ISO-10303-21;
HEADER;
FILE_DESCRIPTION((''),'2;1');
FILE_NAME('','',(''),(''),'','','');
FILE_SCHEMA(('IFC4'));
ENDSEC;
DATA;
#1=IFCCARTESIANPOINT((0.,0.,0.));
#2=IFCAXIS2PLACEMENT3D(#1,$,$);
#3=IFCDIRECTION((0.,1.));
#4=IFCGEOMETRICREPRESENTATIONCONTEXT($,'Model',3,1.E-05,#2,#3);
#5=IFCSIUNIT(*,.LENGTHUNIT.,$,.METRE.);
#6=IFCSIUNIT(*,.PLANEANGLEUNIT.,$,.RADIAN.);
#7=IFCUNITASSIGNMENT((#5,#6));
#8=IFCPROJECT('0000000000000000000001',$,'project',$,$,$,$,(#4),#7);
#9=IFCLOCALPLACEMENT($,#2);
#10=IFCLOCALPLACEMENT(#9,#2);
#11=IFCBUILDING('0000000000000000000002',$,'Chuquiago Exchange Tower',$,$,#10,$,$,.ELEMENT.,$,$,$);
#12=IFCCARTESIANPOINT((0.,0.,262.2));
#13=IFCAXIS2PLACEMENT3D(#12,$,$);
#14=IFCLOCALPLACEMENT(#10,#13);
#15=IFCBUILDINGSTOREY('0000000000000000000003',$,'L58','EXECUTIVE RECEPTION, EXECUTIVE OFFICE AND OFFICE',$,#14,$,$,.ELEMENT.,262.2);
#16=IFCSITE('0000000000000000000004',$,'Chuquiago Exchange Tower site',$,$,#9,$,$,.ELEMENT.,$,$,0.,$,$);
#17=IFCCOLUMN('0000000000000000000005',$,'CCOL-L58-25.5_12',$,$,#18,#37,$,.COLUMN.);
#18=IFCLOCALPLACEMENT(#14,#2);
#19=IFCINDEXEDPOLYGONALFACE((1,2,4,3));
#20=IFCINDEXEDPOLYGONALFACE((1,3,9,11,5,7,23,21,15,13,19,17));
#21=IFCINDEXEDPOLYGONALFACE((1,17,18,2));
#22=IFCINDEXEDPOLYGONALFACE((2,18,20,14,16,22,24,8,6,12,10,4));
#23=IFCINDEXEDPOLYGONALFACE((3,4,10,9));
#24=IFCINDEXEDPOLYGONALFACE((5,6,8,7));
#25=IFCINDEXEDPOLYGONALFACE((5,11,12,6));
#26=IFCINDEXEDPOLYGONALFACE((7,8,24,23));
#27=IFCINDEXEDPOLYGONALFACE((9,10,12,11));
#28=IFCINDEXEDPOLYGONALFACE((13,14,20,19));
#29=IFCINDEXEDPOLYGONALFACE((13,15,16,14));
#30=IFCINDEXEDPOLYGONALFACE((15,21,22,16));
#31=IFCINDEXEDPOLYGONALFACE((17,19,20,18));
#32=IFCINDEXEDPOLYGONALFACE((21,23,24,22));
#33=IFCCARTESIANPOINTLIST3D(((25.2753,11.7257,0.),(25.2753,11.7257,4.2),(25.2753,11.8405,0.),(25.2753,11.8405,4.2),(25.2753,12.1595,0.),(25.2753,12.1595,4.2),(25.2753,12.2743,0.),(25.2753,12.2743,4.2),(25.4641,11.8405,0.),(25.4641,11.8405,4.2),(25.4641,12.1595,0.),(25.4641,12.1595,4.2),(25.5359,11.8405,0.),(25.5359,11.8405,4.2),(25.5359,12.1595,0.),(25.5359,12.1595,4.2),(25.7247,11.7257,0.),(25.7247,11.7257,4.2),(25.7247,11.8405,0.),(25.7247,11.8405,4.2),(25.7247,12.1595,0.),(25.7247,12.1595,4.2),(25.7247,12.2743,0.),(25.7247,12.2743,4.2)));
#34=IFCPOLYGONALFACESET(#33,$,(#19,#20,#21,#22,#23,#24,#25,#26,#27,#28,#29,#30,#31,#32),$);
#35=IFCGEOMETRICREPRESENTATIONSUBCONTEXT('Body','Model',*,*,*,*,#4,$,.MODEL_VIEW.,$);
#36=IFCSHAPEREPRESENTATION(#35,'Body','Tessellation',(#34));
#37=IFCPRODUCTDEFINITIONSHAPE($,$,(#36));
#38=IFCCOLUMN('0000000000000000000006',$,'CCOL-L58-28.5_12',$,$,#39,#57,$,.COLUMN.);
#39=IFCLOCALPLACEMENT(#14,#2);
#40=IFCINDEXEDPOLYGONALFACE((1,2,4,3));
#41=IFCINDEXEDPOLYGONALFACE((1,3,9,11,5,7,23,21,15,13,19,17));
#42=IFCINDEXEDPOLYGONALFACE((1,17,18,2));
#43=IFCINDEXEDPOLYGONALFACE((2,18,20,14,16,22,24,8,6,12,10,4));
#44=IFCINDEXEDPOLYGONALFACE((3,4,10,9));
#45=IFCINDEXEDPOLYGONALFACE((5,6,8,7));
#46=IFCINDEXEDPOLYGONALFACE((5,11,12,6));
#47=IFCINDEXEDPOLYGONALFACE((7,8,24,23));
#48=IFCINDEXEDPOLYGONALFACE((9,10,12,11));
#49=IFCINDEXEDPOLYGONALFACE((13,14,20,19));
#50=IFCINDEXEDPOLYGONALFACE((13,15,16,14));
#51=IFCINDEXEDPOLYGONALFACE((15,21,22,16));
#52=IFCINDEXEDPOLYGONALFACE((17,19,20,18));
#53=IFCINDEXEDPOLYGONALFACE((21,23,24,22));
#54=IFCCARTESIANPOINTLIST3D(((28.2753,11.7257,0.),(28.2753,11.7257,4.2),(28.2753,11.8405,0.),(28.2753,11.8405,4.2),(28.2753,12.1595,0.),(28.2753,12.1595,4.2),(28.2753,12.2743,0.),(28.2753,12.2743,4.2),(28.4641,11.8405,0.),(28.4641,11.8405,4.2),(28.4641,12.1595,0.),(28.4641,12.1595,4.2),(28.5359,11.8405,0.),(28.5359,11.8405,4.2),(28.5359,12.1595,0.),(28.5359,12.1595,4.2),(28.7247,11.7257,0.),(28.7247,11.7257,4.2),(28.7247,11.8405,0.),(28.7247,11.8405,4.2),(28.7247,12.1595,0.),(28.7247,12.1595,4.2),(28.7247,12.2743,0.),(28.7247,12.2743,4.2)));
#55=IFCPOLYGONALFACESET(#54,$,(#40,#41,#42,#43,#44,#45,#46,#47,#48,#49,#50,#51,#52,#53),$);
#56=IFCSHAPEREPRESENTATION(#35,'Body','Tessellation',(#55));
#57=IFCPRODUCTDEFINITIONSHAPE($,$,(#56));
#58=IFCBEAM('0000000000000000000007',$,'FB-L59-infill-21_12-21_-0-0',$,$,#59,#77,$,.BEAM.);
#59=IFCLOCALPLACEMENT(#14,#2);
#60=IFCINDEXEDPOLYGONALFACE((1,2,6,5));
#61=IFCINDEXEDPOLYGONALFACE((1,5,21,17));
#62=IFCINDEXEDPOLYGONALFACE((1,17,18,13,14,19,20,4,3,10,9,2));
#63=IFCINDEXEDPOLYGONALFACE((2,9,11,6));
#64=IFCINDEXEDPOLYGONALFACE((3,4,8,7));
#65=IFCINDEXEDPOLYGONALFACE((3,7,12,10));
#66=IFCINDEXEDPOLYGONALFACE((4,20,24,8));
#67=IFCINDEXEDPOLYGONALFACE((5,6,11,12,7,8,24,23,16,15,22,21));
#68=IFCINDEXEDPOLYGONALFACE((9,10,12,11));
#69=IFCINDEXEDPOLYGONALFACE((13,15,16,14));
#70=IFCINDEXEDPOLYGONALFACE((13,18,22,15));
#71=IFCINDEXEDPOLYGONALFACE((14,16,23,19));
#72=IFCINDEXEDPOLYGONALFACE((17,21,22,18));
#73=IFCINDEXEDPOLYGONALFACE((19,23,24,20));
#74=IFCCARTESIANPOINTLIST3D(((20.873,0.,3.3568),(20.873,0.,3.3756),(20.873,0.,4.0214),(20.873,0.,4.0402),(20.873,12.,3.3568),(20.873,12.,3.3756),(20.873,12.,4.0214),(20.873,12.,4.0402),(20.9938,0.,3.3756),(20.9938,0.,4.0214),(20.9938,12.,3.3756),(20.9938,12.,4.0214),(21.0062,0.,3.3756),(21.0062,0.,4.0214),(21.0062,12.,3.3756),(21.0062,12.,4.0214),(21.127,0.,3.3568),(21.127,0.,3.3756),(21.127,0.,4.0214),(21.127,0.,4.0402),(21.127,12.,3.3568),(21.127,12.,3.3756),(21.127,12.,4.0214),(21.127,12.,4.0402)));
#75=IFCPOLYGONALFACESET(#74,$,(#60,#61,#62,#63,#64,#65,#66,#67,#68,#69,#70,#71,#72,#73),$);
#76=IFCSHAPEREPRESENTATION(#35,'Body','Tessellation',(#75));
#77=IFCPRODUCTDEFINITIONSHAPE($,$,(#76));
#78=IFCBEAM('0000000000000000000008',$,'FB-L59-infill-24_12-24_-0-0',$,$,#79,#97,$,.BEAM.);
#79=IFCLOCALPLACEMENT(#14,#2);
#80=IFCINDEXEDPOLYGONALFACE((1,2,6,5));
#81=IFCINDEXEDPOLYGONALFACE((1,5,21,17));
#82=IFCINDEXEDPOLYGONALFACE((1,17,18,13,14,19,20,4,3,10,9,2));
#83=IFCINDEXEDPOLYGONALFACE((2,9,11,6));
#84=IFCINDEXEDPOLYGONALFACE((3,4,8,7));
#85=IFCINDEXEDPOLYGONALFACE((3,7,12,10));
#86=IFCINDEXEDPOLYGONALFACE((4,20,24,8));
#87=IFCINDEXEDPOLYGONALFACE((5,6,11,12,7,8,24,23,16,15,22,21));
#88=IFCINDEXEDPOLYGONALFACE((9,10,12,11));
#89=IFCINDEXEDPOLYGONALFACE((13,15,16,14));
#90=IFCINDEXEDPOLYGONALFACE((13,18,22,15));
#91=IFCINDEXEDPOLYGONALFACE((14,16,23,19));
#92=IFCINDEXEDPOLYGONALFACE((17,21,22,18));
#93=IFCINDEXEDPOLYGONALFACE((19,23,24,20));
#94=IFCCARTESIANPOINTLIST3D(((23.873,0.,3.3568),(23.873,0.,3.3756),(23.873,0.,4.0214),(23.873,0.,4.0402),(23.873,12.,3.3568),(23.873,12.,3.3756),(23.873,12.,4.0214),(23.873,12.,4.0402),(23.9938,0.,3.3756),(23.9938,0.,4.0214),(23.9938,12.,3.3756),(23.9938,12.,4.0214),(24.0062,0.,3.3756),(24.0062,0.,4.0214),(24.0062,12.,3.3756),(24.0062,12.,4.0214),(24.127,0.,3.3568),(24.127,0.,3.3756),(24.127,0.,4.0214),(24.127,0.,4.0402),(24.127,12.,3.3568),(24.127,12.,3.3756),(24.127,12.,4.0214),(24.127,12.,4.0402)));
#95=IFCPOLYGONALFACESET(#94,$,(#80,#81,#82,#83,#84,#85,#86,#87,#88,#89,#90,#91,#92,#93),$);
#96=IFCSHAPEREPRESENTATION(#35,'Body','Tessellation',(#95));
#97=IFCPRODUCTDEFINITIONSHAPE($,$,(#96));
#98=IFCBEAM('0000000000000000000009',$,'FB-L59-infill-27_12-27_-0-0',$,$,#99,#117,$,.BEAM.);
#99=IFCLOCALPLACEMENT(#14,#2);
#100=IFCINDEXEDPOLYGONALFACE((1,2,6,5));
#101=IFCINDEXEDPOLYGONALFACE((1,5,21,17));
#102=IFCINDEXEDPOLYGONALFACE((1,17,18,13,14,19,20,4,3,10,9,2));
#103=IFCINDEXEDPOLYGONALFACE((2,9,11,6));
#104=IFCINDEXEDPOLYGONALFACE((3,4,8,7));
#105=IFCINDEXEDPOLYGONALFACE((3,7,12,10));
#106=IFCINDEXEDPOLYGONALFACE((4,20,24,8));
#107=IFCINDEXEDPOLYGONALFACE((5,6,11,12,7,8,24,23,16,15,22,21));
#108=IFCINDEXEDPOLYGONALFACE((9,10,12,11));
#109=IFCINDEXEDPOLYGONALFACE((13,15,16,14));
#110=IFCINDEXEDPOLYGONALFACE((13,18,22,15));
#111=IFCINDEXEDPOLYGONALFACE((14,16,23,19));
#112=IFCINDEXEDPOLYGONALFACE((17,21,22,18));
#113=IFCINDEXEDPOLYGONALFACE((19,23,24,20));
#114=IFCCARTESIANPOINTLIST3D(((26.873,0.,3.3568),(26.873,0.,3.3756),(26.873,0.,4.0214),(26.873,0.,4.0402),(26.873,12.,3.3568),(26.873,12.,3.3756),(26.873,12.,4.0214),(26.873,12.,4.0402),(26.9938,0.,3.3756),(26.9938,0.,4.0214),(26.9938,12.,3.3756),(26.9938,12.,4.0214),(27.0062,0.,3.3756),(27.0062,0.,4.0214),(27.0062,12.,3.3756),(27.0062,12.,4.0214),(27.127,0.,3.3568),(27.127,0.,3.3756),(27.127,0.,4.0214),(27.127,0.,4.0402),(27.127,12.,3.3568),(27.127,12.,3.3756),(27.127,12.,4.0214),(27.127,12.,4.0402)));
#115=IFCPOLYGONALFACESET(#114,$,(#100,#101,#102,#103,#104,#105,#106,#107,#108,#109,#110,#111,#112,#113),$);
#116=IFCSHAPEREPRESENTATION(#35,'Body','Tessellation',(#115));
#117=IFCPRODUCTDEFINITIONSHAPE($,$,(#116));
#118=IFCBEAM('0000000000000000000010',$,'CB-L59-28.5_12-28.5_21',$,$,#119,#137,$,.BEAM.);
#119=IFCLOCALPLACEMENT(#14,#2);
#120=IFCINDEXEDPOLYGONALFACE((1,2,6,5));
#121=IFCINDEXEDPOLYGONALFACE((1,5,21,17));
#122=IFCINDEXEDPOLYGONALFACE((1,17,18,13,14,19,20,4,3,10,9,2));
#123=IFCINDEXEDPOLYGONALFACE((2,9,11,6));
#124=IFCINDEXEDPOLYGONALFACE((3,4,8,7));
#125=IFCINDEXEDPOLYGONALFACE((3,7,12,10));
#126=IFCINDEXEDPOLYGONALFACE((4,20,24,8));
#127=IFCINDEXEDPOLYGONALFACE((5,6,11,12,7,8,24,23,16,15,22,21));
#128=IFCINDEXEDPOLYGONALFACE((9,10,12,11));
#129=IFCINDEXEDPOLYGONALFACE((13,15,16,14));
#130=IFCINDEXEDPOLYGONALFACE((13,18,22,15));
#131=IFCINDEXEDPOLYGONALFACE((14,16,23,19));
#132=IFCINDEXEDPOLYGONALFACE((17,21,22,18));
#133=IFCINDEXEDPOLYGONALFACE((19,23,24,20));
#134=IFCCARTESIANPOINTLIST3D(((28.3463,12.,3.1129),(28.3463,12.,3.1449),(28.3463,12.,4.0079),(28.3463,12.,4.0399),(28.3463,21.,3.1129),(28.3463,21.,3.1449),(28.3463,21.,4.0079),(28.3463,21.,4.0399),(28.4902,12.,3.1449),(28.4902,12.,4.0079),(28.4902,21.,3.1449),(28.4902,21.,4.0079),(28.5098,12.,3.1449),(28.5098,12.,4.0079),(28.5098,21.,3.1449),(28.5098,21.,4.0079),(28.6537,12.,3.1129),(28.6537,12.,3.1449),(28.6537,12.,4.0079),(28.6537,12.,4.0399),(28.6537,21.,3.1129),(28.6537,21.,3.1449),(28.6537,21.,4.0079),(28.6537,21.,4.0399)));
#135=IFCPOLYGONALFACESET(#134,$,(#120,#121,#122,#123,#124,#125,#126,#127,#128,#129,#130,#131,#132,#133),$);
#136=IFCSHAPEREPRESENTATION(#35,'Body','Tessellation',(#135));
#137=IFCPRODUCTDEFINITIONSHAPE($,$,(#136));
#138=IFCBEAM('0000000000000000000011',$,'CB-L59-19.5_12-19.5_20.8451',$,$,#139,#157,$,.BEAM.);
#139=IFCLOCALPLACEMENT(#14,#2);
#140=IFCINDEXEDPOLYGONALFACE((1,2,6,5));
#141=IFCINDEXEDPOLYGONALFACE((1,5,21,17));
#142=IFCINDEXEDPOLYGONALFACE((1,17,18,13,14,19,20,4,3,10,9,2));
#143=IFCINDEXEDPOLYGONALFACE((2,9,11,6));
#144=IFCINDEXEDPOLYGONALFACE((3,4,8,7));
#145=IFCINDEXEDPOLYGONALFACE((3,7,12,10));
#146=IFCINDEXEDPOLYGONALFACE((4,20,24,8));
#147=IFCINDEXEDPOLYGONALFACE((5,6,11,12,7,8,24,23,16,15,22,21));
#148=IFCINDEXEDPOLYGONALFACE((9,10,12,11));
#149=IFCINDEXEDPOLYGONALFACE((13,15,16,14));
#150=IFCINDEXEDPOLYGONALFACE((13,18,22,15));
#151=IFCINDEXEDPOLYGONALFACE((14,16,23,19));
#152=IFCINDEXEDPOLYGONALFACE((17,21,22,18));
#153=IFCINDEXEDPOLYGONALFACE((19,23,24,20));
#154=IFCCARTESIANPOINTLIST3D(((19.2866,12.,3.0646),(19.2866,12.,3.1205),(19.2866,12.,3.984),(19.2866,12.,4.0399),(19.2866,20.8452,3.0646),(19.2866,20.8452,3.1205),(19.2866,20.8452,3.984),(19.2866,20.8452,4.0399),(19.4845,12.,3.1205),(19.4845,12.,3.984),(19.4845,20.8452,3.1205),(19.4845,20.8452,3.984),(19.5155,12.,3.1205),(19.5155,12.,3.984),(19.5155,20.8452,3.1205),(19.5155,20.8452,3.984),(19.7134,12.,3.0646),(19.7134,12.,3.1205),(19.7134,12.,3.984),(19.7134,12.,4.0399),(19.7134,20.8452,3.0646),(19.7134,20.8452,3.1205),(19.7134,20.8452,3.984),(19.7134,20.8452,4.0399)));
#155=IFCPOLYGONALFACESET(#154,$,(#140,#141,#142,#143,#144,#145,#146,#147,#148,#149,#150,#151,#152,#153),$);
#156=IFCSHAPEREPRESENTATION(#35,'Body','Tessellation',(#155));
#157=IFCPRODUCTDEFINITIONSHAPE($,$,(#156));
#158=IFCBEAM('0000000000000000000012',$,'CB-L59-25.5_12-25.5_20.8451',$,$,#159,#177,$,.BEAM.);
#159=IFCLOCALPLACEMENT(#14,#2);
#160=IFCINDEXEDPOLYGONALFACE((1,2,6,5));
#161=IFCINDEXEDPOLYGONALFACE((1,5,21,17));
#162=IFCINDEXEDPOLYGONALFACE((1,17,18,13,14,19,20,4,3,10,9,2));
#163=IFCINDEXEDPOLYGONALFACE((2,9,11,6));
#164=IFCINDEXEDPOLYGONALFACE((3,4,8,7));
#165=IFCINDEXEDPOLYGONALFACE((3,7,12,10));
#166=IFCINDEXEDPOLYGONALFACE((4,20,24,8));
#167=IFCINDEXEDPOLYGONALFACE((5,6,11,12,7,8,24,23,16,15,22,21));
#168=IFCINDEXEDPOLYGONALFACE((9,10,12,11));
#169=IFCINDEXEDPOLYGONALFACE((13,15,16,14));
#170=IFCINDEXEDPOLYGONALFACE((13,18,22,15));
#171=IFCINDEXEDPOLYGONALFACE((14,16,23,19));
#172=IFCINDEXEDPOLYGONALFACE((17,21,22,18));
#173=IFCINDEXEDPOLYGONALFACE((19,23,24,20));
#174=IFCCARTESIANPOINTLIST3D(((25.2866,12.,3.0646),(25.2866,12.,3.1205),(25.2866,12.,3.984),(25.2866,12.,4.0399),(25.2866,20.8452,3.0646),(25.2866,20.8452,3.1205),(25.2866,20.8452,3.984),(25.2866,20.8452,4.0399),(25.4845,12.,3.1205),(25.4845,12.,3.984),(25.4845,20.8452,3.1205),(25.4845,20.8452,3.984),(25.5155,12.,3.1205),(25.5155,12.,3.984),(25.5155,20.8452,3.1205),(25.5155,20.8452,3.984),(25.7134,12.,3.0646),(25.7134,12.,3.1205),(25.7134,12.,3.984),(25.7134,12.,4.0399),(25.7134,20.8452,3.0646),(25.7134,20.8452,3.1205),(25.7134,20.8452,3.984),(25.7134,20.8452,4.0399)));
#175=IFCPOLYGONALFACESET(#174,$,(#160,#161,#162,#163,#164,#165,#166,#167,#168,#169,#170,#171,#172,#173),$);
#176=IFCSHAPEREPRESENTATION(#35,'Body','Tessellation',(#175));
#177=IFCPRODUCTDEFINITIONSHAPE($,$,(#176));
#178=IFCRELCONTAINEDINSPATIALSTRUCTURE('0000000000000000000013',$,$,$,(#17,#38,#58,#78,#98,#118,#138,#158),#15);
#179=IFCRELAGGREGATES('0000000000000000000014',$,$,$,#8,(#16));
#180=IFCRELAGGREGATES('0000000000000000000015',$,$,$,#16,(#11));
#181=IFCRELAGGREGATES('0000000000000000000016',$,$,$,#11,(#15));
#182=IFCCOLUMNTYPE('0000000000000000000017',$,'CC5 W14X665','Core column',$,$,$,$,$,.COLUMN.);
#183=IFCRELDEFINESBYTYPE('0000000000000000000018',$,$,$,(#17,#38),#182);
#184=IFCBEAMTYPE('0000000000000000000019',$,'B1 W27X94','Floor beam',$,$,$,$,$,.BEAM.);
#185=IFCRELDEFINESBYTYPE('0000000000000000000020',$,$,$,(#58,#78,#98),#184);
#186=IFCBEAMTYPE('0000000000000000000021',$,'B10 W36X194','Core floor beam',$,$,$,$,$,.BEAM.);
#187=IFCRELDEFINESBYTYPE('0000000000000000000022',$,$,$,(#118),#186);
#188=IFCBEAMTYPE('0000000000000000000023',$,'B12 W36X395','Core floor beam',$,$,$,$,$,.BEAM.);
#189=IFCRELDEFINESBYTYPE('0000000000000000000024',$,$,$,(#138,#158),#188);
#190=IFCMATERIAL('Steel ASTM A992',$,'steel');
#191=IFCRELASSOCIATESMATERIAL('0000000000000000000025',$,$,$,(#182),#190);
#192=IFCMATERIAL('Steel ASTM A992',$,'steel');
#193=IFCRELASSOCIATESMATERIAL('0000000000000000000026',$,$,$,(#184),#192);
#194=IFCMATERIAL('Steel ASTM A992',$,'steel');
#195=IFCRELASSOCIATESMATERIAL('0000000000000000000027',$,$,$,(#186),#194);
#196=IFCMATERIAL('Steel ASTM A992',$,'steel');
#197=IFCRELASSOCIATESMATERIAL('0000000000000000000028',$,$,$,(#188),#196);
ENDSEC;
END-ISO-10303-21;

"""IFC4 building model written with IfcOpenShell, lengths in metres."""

from ifc_helpers import new_model, si_unit, direction, frame, origin, origin_2d, place, context, subcontext, project, spatial, i_section, extrude, material, material_profile, profile_set, type_object, element, save


model = new_model("IFC4")

# Units and contexts
model_context = context("Model", 3, precision=1e-05, world=origin(), true_north=direction((0.0, 1.0)))
body_context = subcontext(model_context, "Body", "Model", "MODEL_VIEW")
ifc_project = project(units=[si_unit("LENGTHUNIT", "METRE"), si_unit("PLANEANGLEUNIT", "RADIAN")], contexts=[model_context])

# Site, building, storey
site_placement = place(None, origin())
site = spatial("IfcSite", under=ifc_project, at=site_placement, Name="Chuquiago Exchange Tower site", CompositionType="ELEMENT", RefElevation=0.0)
building_placement = place(site_placement, origin())
building = spatial("IfcBuilding", under=site, at=building_placement, Name="Chuquiago Exchange Tower", CompositionType="ELEMENT")
storey_placement = place(building_placement, frame((0.0, 0.0, 262.2)))
storey = spatial("IfcBuildingStorey", under=building, at=storey_placement, Name="L58", Description="EXECUTIVE RECEPTION, EXECUTIVE OFFICE AND OFFICE", CompositionType="ELEMENT", Elevation=262.2)

# Columns
ifc_material_1 = material(Name="Steel ASTM A992", Category="steel")
ifc_material_profile_1 = material_profile(ifc_material_1, i_section(OverallWidth=0.4495, OverallDepth=0.5486, WebThickness=0.0718, FlangeThickness=0.1147, at=origin_2d()), Name="W14X665")
ifc_profile_set_1 = profile_set([ifc_material_profile_1], Name="Steel ASTM A992")
column_type = type_object("IfcColumnType", Name="CC5 W14X665", Description="Core column", PredefinedType="COLUMN", material=ifc_profile_set_1)
for number, where, z_axis, x_axis, name in (
    (1, (25.5, 12.0, 0.0), (0.0, 0.0, 1.0), (1.0, 0.0, 0.0), "CCOL-L58-25.5_12"),
    (2, (28.5, 12.0, 0.0), (0.0, 0.0, 1.0), (1.0, 0.0, 0.0), "CCOL-L58-28.5_12"),
):
    element("IfcColumn", number, at=place(storey_placement, frame(where, z_axis=z_axis, x_axis=x_axis)), inside=storey, type_object=column_type, Name=name, PredefinedType="COLUMN", context=body_context, shape_type="SweptSolid", body=[
        extrude(i_section(OverallWidth=0.4495, OverallDepth=0.5486, WebThickness=0.0718, FlangeThickness=0.1147, at=origin_2d()), origin(), (0.0, 0.0, 1.0), 4.2),
    ])

# Beams
ifc_material_2 = material(Name="Steel ASTM A992", Category="steel")
ifc_material_profile_2 = material_profile(ifc_material_2, i_section(OverallWidth=0.2539, OverallDepth=0.6833, WebThickness=0.0125, FlangeThickness=0.0188, at=origin_2d()), Name="W27X94")
ifc_profile_set_2 = profile_set([ifc_material_profile_2], Name="Steel ASTM A992")
beam_type_1 = type_object("IfcBeamType", Name="B1 W27X94", Description="Floor beam", PredefinedType="BEAM", material=ifc_profile_set_2)
for number, where, z_axis, x_axis, name in (
    (3, (21.0, 12.0, 3.6985), (0.0, -1.0, 0.0), (1.0, 0.0, 0.0), "FB-L59-infill-21_12-21_-0-0"),
    (4, (24.0, 12.0, 3.6985), (0.0, -1.0, 0.0), (1.0, 0.0, 0.0), "FB-L59-infill-24_12-24_-0-0"),
    (5, (27.0, 12.0, 3.6985), (0.0, -1.0, 0.0), (1.0, 0.0, 0.0), "FB-L59-infill-27_12-27_-0-0"),
):
    element("IfcBeam", number, at=place(storey_placement, frame(where, z_axis=z_axis, x_axis=x_axis)), inside=storey, type_object=beam_type_1, Name=name, PredefinedType="BEAM", context=body_context, shape_type="SweptSolid", body=[
        extrude(i_section(OverallWidth=0.2539, OverallDepth=0.6833, WebThickness=0.0125, FlangeThickness=0.0188, at=origin_2d()), origin(), (0.0, 0.0, 1.0), 12.0),
    ])
ifc_material_3 = material(Name="Steel ASTM A992", Category="steel")
ifc_material_profile_3 = material_profile(ifc_material_3, i_section(OverallWidth=0.3074, OverallDepth=0.927, WebThickness=0.0195, FlangeThickness=0.032, at=origin_2d()), Name="W36X194")
ifc_profile_set_3 = profile_set([ifc_material_profile_3], Name="Steel ASTM A992")
beam_type_2 = type_object("IfcBeamType", Name="B10 W36X194", Description="Core floor beam", PredefinedType="BEAM", material=ifc_profile_set_3)
beam_1_placement = place(storey_placement, frame((28.5, 12.0, 3.5764), z_axis=(0.0, 1.0, 0.0), x_axis=(-1.0, 0.0, 0.0)))
element("IfcBeam", 6, at=beam_1_placement, inside=storey, type_object=beam_type_2, Name="CB-L59-28.5_12-28.5_21", PredefinedType="BEAM", context=body_context, shape_type="SweptSolid", body=[
    extrude(i_section(OverallWidth=0.3074, OverallDepth=0.927, WebThickness=0.0195, FlangeThickness=0.032, at=origin_2d()), origin(), (0.0, 0.0, 1.0), 9.0),
])
ifc_material_4 = material(Name="Steel ASTM A992", Category="steel")
ifc_material_profile_4 = material_profile(ifc_material_4, i_section(OverallWidth=0.4268, OverallDepth=0.9753, WebThickness=0.031, FlangeThickness=0.0559, at=origin_2d()), Name="W36X395")
ifc_profile_set_4 = profile_set([ifc_material_profile_4], Name="Steel ASTM A992")
beam_type_3 = type_object("IfcBeamType", Name="B12 W36X395", Description="Core floor beam", PredefinedType="BEAM", material=ifc_profile_set_4)
for number, where, z_axis, x_axis, name in (
    (7, (19.5, 12.0, 3.5522), (0.0, 1.0, 0.0), (-1.0, 0.0, 0.0), "CB-L59-19.5_12-19.5_20.8451"),
    (8, (25.5, 12.0, 3.5522), (0.0, 1.0, 0.0), (-1.0, 0.0, 0.0), "CB-L59-25.5_12-25.5_20.8451"),
):
    element("IfcBeam", number, at=place(storey_placement, frame(where, z_axis=z_axis, x_axis=x_axis)), inside=storey, type_object=beam_type_3, Name=name, PredefinedType="BEAM", context=body_context, shape_type="SweptSolid", body=[
        extrude(i_section(OverallWidth=0.4268, OverallDepth=0.9753, WebThickness=0.031, FlangeThickness=0.0559, at=origin_2d()), origin(), (0.0, 0.0, 1.0), 8.8452),
    ])

save(model, "model.ifc")
